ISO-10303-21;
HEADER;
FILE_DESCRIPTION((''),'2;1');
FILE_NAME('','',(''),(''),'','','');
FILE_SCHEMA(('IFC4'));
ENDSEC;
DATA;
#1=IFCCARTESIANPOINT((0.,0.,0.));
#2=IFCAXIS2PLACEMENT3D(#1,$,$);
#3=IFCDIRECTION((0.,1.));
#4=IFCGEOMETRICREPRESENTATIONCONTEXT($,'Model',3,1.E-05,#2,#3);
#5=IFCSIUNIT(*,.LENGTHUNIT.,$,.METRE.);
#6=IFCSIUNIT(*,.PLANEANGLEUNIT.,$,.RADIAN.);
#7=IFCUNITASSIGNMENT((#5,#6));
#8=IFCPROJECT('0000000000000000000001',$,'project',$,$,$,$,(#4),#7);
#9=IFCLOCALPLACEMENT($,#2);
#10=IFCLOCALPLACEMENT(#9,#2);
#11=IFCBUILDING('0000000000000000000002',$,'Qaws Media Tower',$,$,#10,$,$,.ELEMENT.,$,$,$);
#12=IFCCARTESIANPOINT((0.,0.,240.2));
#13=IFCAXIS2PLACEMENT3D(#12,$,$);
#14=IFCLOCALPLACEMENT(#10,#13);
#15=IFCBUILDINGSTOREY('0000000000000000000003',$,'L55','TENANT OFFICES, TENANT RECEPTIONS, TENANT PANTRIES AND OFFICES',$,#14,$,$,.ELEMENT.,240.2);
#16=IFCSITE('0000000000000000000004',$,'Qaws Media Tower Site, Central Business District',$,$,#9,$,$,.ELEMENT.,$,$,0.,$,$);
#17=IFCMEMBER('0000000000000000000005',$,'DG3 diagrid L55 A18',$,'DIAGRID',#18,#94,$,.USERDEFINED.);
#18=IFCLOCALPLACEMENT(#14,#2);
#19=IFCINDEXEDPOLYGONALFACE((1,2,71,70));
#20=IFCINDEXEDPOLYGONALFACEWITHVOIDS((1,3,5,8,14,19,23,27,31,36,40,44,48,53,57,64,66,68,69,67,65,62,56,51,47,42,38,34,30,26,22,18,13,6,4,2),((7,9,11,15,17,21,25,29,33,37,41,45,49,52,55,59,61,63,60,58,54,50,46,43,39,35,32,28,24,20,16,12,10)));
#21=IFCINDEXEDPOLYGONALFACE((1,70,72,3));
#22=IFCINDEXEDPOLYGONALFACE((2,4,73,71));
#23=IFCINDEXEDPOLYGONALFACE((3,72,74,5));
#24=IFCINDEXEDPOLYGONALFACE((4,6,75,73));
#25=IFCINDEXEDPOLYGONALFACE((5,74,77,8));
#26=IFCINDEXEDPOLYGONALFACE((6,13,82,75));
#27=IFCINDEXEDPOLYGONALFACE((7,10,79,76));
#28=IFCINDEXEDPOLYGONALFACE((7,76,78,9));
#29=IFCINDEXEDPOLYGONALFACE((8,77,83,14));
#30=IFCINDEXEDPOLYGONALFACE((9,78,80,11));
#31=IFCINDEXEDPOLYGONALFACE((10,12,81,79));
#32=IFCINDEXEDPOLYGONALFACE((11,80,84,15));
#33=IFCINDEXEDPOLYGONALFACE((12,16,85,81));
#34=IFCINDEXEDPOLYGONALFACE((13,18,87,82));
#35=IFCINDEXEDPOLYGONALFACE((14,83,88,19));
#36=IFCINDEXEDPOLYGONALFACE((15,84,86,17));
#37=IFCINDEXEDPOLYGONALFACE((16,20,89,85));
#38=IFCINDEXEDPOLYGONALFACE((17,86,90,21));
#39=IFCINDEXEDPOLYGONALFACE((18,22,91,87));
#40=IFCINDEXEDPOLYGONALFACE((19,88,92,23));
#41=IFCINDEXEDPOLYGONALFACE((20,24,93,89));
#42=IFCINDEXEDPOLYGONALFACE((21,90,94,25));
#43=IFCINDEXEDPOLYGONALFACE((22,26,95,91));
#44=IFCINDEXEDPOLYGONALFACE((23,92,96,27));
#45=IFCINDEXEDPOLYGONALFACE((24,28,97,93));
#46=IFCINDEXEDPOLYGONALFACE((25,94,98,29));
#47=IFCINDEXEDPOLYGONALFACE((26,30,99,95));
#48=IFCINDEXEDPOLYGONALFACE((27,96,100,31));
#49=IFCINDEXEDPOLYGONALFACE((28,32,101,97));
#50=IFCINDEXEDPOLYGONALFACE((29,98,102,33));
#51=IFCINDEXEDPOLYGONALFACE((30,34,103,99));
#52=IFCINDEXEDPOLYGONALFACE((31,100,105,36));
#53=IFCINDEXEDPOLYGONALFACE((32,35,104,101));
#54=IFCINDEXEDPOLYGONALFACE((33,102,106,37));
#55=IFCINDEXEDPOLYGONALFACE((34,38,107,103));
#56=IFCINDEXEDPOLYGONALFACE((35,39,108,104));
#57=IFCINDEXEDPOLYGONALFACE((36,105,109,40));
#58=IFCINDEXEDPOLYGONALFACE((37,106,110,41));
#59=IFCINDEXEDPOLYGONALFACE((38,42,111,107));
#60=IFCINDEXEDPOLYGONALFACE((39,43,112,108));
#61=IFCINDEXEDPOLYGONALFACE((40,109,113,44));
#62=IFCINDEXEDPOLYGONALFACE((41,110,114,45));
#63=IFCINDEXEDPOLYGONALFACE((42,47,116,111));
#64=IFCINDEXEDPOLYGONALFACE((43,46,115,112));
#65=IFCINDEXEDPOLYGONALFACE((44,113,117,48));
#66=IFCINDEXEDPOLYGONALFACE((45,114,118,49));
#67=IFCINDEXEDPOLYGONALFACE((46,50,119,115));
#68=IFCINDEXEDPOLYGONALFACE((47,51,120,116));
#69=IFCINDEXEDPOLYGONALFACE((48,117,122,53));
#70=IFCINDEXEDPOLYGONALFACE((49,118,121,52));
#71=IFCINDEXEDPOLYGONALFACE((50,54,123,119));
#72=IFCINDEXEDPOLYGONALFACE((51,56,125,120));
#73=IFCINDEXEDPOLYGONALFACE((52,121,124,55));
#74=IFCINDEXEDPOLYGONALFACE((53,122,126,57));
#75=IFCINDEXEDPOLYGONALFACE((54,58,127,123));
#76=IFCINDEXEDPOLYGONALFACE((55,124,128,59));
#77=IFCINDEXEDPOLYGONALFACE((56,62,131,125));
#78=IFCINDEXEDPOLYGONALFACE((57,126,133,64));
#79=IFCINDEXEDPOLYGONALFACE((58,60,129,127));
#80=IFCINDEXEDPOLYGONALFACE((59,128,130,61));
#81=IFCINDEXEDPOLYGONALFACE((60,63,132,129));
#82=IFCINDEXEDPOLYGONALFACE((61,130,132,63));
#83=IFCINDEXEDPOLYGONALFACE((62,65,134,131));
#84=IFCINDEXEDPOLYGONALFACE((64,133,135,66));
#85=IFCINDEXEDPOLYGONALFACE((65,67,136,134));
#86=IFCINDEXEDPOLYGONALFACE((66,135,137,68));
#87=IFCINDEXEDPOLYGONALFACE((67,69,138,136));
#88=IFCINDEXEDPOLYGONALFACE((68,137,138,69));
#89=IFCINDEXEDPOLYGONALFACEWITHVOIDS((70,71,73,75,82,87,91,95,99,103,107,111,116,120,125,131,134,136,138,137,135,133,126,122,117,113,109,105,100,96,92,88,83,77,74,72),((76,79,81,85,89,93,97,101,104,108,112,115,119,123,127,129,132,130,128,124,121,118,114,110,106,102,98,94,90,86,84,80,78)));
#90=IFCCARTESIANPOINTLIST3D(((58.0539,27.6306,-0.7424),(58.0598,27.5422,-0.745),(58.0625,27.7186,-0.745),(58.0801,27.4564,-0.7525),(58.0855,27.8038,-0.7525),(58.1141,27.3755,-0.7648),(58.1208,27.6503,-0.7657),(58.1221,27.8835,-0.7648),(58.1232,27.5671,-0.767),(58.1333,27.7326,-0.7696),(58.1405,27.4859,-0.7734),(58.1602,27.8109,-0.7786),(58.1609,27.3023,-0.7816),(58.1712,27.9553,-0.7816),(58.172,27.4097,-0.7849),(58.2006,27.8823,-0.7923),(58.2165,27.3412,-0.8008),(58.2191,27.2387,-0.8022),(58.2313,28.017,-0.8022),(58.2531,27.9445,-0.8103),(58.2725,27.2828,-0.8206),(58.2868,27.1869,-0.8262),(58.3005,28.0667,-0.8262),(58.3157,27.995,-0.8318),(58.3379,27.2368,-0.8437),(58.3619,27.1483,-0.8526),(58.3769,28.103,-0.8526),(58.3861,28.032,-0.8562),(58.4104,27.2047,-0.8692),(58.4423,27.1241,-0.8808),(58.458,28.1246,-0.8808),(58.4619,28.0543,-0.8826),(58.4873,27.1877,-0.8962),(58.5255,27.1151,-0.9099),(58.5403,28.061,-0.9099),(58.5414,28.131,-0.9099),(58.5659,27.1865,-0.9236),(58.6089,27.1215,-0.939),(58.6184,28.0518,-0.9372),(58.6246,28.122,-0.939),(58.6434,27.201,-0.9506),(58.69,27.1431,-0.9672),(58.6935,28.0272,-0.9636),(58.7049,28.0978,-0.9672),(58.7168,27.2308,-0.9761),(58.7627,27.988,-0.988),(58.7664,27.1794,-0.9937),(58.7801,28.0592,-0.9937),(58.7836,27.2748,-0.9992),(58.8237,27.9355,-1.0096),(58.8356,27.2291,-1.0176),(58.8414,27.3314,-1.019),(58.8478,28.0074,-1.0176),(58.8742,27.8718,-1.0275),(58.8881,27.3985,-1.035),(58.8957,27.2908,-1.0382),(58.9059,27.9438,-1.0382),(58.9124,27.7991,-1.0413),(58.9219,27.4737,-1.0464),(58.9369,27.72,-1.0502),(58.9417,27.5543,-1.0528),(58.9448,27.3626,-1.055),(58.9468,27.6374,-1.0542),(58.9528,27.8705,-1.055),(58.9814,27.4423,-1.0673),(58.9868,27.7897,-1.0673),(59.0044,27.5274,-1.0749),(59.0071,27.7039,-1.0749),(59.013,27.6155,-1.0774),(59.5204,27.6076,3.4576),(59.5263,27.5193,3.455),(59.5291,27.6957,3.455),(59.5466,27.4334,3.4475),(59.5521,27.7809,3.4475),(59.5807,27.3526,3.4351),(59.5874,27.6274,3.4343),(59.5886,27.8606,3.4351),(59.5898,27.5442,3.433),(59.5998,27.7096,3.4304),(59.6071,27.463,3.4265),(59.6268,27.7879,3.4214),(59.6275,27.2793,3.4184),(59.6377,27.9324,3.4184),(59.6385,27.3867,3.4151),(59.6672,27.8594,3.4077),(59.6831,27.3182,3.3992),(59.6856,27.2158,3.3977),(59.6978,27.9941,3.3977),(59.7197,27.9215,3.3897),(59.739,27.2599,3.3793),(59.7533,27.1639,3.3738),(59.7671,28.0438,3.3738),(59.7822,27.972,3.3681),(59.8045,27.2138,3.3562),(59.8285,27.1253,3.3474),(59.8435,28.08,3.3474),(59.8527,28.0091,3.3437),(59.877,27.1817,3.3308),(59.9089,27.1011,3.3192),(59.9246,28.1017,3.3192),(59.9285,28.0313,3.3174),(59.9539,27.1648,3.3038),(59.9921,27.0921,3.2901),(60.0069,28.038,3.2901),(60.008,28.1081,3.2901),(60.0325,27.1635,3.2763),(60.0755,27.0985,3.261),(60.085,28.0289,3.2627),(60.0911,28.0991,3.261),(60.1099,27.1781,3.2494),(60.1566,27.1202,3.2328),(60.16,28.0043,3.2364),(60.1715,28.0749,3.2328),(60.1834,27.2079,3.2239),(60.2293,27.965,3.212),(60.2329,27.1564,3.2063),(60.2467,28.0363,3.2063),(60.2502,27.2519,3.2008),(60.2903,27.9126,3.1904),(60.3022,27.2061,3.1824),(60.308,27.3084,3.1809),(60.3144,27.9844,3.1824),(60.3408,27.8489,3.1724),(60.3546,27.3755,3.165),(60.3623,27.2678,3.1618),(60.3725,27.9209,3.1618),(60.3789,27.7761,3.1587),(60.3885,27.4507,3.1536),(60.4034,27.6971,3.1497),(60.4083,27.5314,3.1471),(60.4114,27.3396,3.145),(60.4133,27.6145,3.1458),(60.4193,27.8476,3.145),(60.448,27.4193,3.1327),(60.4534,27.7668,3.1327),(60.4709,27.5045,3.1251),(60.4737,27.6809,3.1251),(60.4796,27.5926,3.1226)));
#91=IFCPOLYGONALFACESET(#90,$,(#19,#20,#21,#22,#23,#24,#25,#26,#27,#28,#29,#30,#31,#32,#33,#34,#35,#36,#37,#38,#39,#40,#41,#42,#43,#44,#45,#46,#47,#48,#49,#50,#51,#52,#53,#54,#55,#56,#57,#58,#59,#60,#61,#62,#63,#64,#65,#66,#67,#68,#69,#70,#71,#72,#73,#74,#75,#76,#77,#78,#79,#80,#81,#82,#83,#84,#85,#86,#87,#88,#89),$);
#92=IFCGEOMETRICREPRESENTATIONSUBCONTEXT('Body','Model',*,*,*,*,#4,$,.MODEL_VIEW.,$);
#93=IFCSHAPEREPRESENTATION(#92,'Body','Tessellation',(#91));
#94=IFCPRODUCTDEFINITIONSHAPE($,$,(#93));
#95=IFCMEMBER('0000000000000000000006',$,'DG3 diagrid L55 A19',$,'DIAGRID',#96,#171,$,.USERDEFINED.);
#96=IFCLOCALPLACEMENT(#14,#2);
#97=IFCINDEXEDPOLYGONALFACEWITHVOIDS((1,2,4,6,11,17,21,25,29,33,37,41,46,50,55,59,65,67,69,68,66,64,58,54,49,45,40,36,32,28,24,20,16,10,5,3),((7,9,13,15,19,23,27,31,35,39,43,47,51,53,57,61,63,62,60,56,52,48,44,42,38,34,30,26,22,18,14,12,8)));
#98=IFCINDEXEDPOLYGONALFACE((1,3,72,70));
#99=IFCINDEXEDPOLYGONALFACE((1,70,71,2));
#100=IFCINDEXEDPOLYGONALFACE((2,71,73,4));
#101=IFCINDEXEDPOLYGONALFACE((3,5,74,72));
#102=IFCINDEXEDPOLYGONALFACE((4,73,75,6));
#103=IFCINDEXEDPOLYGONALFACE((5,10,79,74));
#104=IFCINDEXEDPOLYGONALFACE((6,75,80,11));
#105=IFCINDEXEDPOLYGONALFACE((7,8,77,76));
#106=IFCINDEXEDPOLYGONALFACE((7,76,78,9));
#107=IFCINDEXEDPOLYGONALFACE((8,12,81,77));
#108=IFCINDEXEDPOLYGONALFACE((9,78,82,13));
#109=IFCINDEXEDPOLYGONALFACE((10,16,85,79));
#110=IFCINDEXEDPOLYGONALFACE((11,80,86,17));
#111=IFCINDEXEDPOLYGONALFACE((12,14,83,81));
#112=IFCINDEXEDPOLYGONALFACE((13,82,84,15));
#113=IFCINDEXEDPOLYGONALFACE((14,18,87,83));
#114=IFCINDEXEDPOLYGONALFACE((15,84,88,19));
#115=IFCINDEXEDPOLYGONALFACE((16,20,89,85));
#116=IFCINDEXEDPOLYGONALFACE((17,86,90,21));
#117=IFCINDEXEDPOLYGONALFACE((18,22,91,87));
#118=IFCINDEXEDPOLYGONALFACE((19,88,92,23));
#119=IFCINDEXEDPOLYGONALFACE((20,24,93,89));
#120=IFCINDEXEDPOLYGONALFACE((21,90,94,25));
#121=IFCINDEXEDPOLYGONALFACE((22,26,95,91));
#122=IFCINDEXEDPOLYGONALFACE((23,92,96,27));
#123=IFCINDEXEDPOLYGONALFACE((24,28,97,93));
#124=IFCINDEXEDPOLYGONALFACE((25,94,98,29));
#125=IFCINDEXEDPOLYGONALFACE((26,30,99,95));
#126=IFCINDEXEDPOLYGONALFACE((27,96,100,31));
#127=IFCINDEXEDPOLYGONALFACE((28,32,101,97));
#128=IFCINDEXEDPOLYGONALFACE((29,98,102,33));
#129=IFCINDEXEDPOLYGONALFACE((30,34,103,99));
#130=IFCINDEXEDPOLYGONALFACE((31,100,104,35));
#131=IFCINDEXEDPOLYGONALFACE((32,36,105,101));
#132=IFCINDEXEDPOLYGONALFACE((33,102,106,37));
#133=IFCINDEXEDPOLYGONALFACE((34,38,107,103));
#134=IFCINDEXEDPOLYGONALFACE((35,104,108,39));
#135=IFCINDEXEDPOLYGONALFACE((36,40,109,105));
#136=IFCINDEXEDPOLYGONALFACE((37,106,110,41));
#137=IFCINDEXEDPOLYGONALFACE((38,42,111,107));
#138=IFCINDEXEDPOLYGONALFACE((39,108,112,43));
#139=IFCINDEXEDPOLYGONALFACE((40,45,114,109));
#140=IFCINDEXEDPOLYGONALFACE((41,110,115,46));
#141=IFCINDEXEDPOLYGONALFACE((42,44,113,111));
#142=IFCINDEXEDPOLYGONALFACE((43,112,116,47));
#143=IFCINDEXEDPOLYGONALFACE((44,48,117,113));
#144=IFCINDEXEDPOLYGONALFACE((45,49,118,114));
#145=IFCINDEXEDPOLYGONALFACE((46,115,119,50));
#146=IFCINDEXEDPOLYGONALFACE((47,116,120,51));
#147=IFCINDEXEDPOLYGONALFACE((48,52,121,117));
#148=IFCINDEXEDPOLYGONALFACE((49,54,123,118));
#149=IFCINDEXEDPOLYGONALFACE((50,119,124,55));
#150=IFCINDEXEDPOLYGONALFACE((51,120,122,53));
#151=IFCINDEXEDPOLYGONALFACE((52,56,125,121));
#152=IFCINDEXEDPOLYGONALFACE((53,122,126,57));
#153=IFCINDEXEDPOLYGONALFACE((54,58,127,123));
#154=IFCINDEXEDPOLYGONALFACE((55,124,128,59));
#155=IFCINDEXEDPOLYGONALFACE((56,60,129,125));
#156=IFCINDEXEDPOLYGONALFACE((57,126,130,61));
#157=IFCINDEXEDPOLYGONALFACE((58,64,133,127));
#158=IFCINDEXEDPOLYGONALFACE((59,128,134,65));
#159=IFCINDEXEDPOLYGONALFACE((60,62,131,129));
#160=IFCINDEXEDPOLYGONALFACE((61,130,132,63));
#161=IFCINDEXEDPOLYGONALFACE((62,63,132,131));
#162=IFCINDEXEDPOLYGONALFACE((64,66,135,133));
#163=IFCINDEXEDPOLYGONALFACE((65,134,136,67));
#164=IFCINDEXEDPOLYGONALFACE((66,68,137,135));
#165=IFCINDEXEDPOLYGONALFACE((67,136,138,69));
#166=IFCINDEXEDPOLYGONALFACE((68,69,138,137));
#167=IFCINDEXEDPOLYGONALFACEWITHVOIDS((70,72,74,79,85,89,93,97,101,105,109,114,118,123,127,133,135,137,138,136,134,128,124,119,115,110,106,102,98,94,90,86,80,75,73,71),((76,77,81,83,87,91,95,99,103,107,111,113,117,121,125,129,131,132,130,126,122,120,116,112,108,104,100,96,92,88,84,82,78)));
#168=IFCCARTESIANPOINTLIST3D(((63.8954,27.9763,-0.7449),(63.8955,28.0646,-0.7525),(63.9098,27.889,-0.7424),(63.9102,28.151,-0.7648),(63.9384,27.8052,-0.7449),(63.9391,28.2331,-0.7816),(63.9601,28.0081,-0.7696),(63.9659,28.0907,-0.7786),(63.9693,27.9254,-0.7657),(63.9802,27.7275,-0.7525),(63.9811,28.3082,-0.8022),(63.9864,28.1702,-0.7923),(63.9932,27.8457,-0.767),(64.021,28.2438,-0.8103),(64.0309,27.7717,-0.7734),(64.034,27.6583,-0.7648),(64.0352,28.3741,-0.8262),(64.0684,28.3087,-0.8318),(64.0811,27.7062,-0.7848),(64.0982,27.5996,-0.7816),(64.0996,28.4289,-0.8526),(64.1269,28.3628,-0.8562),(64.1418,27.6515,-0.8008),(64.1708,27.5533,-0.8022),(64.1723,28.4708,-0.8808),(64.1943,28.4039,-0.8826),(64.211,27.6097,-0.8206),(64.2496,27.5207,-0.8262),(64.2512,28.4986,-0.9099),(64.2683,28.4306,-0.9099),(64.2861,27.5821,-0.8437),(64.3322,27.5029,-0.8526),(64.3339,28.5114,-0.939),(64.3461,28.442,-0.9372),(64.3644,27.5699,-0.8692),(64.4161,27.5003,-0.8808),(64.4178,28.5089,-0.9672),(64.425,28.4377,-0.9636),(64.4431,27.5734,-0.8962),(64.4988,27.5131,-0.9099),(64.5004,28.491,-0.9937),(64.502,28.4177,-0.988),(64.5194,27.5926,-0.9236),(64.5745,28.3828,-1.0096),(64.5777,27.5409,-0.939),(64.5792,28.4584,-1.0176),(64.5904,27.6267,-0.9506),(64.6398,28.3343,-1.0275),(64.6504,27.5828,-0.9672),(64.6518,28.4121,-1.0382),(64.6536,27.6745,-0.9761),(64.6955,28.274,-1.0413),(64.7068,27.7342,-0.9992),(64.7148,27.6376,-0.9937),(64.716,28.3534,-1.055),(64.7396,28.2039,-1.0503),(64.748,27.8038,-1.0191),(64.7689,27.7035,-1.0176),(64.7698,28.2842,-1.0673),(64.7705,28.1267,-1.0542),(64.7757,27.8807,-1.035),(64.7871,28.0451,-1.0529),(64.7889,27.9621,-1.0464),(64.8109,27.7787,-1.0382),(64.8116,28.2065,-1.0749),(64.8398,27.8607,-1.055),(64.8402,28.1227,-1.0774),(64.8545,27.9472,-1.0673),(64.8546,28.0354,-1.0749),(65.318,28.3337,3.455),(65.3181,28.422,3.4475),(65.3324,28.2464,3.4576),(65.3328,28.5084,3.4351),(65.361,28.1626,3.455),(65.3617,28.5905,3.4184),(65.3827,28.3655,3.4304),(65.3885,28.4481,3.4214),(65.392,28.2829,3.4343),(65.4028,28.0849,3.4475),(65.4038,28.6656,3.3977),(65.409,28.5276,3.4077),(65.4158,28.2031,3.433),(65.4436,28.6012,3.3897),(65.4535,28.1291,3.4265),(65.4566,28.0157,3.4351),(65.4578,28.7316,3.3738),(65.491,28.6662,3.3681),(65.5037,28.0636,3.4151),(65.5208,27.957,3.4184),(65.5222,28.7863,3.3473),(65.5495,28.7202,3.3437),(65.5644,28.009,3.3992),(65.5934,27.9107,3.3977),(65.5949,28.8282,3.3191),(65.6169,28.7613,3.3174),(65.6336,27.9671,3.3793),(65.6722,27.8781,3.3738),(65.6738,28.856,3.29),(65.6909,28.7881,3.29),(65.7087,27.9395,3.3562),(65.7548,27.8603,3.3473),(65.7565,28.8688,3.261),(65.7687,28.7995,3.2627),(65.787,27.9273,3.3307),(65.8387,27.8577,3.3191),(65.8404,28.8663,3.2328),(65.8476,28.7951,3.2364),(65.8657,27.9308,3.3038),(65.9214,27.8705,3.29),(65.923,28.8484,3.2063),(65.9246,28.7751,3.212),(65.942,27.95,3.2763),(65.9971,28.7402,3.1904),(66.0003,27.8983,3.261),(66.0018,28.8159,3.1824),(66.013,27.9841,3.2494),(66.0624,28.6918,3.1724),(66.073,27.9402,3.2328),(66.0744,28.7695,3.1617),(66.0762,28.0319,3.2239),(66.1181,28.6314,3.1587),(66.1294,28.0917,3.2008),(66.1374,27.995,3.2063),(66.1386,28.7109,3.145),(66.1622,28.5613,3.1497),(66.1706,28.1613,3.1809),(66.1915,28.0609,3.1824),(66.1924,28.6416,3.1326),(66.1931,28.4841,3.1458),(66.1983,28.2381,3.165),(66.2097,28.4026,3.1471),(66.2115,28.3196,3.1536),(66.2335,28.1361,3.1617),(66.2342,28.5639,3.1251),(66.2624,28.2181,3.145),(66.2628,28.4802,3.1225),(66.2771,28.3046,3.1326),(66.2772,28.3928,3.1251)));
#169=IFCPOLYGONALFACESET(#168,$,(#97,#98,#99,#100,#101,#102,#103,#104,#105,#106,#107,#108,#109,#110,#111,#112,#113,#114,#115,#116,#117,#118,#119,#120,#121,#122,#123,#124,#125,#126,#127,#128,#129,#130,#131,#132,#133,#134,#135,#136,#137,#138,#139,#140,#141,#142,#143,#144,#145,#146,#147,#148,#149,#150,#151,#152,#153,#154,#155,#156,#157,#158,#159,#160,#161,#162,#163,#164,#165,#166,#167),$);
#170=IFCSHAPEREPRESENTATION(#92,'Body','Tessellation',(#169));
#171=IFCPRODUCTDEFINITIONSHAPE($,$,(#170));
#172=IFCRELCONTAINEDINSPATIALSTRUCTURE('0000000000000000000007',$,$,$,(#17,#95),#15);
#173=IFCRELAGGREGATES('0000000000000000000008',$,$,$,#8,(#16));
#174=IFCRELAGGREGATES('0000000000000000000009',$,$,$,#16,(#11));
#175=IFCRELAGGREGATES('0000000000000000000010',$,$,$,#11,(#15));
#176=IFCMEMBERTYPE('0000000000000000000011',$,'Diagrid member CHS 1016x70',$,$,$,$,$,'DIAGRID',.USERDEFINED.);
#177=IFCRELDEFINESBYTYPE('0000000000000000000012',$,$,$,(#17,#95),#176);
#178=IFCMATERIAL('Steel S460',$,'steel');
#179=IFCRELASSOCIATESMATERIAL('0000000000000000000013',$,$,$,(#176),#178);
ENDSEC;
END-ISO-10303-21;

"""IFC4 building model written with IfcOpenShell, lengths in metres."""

from ifc_helpers import new_model, si_unit, direction, frame, origin, origin_2d, place, context, subcontext, project, spatial, hollow_circle, extrude, material, material_profile, profile_set, type_object, element, save


model = new_model("IFC4")

# Units and contexts
model_context = context("Model", 3, precision=1e-05, world=origin(), true_north=direction((0.0, 1.0)))
body_context = subcontext(model_context, "Body", "Model", "MODEL_VIEW")
ifc_project = project(units=[si_unit("LENGTHUNIT", "METRE"), si_unit("PLANEANGLEUNIT", "RADIAN")], contexts=[model_context])

# Site, building, storey
site_placement = place(None, origin())
site = spatial("IfcSite", under=ifc_project, at=site_placement, Name="Qaws Media Tower Site, Central Business District", CompositionType="ELEMENT", RefElevation=0.0)
building_placement = place(site_placement, origin())
building = spatial("IfcBuilding", under=site, at=building_placement, Name="Qaws Media Tower", CompositionType="ELEMENT")
storey_placement = place(building_placement, frame((0.0, 0.0, 240.2)))
storey = spatial("IfcBuildingStorey", under=building, at=storey_placement, Name="L55", Description="TENANT OFFICES, TENANT RECEPTIONS, TENANT PANTRIES AND OFFICES", CompositionType="ELEMENT", Elevation=240.2)

# Members
ifc_material_1 = material(Name="Steel S460", Category="steel")
ifc_material_profile_1 = material_profile(ifc_material_1, hollow_circle(Radius=0.5081, WallThickness=0.0701, at=origin_2d()), Name="CHS 1016x70")
ifc_profile_set_1 = profile_set([ifc_material_profile_1], Name="Steel S460")
member_type_1 = type_object("IfcMemberType", Name="Diagrid member CHS 1016x70", ElementType="DIAGRID", PredefinedType="USERDEFINED", material=ifc_profile_set_1)
for number, where, z_axis, x_axis, name in (
    (1, (58.5334, 27.623, -0.9099), (0.329659, -0.005159, 0.944086), (0.015646, 0.999878, 0.0), "DG3 diagrid L55 A18"),
    (2, (64.375, 28.0059, -0.9099), (0.319779, 0.080343, 0.94408), (-0.243671, 0.969858, 0.0), "DG3 diagrid L55 A19"),
):
    element("IfcMember", number, at=place(storey_placement, frame(where, z_axis=z_axis, x_axis=x_axis)), inside=storey, type_object=member_type_1, Name=name, ObjectType="DIAGRID", PredefinedType="USERDEFINED", context=body_context, shape_type="SweptSolid", body=[
        extrude(hollow_circle(Radius=0.5081, WallThickness=0.0701, at=origin_2d()), origin(), (0.0, 0.0, 1.0), 4.4487),
    ])

save(model, "model.ifc")
